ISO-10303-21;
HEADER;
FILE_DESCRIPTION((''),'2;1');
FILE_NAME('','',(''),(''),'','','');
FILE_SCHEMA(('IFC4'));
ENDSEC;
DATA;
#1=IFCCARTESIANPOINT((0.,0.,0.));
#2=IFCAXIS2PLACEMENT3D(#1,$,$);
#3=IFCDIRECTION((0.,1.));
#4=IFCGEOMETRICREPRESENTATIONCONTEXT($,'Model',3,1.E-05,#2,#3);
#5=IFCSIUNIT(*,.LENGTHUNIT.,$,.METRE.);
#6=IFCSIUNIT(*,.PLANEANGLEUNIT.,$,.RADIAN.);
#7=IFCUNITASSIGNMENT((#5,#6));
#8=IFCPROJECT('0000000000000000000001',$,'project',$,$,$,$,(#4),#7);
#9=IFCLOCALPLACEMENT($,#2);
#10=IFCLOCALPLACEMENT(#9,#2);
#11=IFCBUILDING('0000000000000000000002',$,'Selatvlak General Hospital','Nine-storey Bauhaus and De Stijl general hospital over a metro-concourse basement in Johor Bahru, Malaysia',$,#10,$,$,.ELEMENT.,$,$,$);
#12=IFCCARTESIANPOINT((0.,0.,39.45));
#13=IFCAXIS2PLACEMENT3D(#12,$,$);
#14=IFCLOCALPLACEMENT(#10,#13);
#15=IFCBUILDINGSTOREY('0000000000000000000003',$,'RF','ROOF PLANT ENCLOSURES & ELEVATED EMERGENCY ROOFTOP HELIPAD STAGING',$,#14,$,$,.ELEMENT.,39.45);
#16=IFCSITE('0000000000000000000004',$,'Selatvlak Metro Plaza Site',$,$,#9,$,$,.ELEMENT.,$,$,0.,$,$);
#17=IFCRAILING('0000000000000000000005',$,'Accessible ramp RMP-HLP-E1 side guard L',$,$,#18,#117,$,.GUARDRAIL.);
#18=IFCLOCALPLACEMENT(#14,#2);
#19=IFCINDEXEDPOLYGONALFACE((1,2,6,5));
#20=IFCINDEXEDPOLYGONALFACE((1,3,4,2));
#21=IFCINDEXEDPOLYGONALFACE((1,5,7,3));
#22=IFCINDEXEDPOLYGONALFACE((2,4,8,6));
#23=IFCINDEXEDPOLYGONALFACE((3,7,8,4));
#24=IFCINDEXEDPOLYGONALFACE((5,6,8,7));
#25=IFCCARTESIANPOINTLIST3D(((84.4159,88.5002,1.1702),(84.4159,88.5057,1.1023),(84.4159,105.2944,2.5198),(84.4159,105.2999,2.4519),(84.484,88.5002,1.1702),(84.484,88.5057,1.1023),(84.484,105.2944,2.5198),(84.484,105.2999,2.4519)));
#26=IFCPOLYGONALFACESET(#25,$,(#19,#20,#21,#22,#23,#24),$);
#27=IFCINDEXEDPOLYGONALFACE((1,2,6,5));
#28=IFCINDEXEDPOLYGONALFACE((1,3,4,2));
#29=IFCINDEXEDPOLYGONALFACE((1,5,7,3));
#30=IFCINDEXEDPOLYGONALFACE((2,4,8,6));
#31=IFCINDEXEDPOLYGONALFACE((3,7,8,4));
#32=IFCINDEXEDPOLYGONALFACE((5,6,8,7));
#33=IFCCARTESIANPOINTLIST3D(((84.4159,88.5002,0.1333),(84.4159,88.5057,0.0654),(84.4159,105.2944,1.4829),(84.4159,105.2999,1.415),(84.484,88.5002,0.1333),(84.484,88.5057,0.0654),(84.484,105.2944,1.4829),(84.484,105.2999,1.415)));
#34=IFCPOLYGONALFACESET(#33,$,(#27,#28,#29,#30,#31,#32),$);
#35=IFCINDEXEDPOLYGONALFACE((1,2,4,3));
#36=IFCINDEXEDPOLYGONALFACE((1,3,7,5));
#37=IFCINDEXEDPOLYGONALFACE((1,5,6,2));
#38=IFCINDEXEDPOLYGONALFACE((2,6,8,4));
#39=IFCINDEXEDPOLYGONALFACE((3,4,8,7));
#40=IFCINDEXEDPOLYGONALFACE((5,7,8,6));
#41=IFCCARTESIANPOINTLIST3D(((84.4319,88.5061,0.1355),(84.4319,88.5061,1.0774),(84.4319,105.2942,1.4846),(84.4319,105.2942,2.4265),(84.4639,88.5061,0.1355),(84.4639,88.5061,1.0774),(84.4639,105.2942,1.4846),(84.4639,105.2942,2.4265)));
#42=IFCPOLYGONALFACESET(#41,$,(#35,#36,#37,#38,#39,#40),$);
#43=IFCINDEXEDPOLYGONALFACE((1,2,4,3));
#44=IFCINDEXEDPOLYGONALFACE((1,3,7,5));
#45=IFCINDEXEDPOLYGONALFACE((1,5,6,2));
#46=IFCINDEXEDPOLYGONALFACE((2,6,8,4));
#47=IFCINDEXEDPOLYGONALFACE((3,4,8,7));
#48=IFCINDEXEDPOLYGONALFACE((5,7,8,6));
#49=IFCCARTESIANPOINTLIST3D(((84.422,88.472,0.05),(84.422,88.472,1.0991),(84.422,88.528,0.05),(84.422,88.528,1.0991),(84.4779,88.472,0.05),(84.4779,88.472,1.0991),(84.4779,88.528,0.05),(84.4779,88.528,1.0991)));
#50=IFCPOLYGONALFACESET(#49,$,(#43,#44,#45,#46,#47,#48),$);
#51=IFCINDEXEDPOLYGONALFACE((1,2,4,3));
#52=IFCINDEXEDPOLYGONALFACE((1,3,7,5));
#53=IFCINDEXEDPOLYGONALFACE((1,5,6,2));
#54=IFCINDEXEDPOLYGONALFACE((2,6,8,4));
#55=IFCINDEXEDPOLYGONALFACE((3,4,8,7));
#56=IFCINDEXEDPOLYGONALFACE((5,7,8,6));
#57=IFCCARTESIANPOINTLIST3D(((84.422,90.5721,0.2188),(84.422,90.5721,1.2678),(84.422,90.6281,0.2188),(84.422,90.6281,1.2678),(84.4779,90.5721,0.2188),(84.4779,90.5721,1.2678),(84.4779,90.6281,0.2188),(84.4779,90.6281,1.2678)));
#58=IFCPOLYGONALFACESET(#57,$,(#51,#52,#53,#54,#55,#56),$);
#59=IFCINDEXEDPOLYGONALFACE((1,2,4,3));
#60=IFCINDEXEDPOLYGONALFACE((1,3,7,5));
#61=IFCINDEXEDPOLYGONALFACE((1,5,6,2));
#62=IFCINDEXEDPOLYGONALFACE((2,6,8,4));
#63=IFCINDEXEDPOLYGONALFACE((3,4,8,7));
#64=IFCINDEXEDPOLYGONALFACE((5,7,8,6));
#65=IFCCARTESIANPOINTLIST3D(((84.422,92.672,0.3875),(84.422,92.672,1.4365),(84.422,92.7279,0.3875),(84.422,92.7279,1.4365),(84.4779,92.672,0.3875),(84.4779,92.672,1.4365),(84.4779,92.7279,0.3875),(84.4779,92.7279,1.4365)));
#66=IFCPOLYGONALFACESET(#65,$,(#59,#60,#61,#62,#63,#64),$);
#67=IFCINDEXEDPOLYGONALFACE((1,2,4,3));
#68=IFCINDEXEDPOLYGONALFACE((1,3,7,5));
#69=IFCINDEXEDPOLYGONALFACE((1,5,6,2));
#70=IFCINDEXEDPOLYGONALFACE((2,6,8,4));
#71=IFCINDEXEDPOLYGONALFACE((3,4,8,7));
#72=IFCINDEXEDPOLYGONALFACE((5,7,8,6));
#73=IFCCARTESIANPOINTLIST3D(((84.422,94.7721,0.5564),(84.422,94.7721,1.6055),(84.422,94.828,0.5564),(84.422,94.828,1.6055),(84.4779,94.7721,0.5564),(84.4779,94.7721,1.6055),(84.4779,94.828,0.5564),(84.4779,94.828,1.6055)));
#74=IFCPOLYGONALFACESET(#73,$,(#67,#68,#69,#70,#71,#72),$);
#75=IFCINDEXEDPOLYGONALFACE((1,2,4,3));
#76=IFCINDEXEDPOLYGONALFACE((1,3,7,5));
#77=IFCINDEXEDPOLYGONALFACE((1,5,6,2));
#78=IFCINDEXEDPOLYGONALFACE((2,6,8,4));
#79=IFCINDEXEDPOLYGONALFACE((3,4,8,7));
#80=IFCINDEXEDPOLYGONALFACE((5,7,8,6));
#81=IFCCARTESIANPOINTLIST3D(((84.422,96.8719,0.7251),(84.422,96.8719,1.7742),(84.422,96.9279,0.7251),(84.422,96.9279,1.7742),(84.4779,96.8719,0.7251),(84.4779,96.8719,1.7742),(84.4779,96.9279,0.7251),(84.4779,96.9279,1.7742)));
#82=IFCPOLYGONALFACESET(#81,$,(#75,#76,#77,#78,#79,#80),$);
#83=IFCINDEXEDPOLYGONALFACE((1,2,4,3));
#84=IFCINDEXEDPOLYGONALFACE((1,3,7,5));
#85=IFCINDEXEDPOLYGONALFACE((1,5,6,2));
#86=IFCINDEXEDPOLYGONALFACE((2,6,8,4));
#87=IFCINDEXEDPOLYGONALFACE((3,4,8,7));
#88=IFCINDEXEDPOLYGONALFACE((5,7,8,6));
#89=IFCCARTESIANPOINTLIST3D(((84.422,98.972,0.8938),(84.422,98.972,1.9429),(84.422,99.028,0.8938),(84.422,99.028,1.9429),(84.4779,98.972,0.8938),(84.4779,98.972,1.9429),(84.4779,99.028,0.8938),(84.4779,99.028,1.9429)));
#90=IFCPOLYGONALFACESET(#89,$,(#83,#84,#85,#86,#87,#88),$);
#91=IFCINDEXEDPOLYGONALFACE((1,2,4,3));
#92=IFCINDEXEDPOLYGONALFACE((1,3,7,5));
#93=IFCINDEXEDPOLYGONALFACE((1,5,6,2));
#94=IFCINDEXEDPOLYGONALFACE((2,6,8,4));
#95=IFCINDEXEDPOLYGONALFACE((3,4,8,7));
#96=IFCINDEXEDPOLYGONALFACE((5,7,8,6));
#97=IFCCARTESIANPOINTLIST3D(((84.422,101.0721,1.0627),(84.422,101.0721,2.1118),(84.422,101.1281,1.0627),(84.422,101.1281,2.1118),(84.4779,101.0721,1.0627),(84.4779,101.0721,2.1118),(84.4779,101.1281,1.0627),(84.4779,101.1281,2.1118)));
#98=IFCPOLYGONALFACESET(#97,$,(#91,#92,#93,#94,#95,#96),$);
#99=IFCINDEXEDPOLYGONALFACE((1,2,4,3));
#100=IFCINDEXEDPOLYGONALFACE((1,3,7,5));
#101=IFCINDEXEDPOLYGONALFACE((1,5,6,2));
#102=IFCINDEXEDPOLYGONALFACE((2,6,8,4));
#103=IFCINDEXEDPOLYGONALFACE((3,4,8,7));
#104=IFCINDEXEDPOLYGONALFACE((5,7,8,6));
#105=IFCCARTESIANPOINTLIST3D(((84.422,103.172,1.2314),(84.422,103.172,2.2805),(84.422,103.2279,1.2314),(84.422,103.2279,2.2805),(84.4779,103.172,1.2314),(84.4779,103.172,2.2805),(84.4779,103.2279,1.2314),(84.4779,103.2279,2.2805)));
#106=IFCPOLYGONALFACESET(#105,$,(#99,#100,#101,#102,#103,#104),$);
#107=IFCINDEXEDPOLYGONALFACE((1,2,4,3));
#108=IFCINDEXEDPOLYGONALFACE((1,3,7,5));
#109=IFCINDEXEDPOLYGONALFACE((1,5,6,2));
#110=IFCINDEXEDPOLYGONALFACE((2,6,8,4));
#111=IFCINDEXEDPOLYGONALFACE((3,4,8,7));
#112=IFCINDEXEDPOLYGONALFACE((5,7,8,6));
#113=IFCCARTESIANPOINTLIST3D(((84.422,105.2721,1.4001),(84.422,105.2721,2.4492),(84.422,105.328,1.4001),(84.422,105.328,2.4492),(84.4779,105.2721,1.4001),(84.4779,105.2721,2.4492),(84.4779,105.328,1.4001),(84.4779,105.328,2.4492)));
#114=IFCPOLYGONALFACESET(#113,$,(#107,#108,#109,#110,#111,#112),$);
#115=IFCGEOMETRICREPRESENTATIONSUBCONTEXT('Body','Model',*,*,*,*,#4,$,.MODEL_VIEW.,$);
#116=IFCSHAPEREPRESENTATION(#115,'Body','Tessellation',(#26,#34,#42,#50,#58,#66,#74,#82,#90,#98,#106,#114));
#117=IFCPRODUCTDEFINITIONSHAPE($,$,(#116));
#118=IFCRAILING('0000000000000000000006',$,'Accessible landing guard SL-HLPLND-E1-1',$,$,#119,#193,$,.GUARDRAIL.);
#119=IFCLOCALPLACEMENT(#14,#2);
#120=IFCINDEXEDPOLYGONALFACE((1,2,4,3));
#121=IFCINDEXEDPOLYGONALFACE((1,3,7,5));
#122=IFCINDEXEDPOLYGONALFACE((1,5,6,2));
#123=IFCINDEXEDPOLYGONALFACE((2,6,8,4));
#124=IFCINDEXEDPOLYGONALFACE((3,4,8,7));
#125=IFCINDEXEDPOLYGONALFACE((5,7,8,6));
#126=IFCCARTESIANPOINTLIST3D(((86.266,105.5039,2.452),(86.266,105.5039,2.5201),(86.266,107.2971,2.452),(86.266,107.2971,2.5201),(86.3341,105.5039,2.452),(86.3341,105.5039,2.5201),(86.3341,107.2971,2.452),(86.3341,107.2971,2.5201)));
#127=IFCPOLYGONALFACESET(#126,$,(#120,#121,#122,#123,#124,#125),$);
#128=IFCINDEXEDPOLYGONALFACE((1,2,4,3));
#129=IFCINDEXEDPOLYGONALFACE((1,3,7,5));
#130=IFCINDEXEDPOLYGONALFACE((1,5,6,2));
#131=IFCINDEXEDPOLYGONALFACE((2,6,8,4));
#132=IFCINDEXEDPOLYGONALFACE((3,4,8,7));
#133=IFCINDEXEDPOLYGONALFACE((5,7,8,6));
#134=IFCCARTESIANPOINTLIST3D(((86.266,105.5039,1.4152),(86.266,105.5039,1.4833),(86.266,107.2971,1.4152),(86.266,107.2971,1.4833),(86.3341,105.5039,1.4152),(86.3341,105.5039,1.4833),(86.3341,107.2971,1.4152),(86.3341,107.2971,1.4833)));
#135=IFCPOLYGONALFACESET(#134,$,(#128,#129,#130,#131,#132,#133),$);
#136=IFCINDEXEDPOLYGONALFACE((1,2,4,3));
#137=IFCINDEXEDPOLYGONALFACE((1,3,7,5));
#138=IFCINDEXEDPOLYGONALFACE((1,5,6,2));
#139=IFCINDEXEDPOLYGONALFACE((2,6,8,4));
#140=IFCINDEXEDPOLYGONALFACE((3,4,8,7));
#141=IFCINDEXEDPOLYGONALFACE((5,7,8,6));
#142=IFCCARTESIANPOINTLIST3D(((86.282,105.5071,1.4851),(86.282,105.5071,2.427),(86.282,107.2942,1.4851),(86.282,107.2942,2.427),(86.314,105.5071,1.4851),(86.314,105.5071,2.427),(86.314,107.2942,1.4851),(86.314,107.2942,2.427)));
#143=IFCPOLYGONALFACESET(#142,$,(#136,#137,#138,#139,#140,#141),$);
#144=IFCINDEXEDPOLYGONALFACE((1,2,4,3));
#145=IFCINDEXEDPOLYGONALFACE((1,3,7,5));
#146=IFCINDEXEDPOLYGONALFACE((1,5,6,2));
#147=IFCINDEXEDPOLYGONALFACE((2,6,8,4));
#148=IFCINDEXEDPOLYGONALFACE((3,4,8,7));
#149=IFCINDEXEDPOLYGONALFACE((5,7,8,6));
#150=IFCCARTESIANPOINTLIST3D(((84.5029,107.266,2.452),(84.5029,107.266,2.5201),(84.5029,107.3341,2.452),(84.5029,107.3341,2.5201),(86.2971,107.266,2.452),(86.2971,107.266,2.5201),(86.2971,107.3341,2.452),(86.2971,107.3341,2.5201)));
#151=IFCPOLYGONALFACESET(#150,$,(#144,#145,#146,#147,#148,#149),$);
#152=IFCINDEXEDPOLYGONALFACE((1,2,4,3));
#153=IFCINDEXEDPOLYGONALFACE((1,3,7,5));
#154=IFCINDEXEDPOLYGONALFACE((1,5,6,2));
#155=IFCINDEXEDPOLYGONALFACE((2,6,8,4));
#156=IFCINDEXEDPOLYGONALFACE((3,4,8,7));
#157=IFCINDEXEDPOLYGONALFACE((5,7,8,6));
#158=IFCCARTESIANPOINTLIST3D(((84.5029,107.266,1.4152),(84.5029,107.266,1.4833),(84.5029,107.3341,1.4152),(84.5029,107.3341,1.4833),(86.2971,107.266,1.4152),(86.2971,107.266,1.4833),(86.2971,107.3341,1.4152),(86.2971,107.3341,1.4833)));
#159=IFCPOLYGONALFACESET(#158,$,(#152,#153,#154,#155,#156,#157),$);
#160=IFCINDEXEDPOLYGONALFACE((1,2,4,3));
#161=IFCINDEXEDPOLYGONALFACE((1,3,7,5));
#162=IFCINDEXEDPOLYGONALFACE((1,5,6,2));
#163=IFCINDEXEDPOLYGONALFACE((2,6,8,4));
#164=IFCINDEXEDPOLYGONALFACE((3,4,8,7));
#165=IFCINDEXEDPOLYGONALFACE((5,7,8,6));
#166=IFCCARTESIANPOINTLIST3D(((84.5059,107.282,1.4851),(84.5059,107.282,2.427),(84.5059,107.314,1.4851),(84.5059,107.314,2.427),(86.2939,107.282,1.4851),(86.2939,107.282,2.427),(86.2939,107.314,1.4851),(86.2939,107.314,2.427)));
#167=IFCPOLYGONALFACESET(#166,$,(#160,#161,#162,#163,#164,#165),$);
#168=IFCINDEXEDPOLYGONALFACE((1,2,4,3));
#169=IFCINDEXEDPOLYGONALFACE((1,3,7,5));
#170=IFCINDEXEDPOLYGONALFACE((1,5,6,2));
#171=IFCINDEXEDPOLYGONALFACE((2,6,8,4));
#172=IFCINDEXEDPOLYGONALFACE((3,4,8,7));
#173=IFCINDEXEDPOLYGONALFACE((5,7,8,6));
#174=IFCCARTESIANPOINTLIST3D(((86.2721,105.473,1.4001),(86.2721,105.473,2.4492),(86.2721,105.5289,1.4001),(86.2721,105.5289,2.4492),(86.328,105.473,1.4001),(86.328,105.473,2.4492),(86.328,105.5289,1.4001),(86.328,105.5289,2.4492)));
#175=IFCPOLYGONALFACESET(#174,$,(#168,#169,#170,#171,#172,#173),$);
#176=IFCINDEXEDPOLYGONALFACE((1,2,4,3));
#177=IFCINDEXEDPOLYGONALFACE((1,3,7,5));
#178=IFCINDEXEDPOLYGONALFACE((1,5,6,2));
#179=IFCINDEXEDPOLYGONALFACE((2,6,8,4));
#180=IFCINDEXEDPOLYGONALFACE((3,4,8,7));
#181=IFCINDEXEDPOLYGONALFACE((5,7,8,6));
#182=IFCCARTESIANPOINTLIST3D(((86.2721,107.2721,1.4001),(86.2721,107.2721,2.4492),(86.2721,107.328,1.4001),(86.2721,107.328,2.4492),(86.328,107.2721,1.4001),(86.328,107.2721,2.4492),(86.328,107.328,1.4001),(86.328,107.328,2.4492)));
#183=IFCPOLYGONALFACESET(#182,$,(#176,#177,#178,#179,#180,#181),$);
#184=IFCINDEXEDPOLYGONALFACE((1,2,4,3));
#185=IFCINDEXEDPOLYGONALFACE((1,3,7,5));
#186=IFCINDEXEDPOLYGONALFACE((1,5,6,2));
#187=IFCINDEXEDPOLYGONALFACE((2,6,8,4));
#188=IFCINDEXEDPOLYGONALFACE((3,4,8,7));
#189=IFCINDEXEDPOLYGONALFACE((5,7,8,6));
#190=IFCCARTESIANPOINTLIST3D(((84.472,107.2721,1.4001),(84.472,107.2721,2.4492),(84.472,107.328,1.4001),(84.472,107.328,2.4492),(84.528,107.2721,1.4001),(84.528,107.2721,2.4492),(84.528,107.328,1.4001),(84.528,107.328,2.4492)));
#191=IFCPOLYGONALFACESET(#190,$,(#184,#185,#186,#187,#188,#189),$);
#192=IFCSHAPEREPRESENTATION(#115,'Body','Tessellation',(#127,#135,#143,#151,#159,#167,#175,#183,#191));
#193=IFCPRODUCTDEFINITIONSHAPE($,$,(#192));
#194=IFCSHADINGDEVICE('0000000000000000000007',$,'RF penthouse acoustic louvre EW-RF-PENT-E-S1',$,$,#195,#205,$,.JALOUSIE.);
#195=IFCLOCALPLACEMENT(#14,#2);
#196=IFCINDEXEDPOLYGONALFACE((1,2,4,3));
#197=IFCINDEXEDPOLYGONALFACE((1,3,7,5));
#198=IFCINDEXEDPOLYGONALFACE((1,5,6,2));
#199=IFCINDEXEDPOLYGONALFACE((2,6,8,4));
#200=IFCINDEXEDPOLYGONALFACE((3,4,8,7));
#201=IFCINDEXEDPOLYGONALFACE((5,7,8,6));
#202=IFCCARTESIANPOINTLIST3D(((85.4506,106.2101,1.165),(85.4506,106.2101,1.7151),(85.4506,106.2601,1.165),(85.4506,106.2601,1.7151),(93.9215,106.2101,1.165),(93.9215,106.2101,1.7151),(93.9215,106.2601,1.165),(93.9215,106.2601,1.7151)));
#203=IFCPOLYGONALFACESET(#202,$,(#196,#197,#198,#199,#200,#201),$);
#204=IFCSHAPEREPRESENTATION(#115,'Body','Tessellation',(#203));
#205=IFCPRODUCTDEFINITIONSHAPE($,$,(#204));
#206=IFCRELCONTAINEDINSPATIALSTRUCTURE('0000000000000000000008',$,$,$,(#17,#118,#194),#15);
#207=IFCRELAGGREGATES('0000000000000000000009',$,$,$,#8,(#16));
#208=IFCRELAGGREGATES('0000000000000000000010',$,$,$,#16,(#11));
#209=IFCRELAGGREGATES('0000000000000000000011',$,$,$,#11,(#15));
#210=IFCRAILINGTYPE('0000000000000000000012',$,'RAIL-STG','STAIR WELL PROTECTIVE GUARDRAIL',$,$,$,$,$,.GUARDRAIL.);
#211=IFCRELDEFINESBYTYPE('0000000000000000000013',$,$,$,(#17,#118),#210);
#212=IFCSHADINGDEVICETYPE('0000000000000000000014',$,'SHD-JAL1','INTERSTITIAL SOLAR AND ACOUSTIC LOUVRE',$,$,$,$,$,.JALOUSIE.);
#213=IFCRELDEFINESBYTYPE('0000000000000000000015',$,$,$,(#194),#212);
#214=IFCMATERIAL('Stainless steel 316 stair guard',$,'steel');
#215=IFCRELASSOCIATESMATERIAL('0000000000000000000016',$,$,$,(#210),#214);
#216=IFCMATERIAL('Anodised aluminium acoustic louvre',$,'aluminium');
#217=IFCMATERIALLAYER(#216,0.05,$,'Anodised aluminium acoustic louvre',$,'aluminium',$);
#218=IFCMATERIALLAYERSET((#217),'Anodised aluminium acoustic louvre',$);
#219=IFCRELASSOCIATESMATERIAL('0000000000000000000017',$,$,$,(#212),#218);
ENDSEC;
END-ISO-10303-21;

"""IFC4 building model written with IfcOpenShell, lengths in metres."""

from ifc_helpers import new_model, si_unit, direction, frame, origin, origin_2d, place, context, subcontext, project, spatial, polyline, rectangle, outline, extrude, material, layer, layer_set, type_object, element, save


model = new_model("IFC4")

# Units and contexts
model_context = context("Model", 3, precision=1e-05, world=origin(), true_north=direction((0.0, 1.0)))
body_context = subcontext(model_context, "Body", "Model", "MODEL_VIEW")
ifc_project = project(units=[si_unit("LENGTHUNIT", "METRE"), si_unit("PLANEANGLEUNIT", "RADIAN")], contexts=[model_context])

# Site, building, storey
site_placement = place(None, origin())
site = spatial("IfcSite", under=ifc_project, at=site_placement, Name="Selatvlak Metro Plaza Site", CompositionType="ELEMENT", RefElevation=0.0)
building_placement = place(site_placement, origin())
building = spatial("IfcBuilding", under=site, at=building_placement, Name="Selatvlak General Hospital", Description="Nine-storey Bauhaus and De Stijl general hospital over a metro-concourse basement in Johor Bahru, Malaysia", CompositionType="ELEMENT")
storey_placement = place(building_placement, frame((0.0, 0.0, 39.45)))
storey = spatial("IfcBuildingStorey", under=building, at=storey_placement, Name="RF", Description="ROOF PLANT ENCLOSURES & ELEVATED EMERGENCY ROOFTOP HELIPAD STAGING", CompositionType="ELEMENT", Elevation=39.45)

# Railings
ifc_material_1 = material(Name="Stainless steel 316 stair guard", Category="steel")
railing_type_1 = type_object("IfcRailingType", Name="RAIL-STG", Description="STAIR WELL PROTECTIVE GUARDRAIL", PredefinedType="GUARDRAIL", material=ifc_material_1)
railing_1_placement = place(storey_placement, frame((84.45, 88.5, 0.05)))
element("IfcRailing", 1, at=railing_1_placement, inside=storey, type_object=railing_type_1, Name="Accessible ramp RMP-HLP-E1 side guard L", PredefinedType="GUARDRAIL", context=body_context, shape_type="SweptSolid", body=[
    extrude(rectangle(XDim=0.0681, YDim=0.0681, at=origin_2d()), frame((0.0, 0.0029, 1.0862), z_axis=(0.0, 0.996786, 0.080104), x_axis=(-1.0, 0.0, 0.0)), (0.0, 0.0, 1.0), 16.8484),
    extrude(rectangle(XDim=0.0681, YDim=0.0681, at=origin_2d()), frame((0.0, 0.0029, 0.0493), z_axis=(0.0, 0.996786, 0.080104), x_axis=(-1.0, 0.0, 0.0)), (0.0, 0.0, 1.0), 16.8484),
    extrude(outline(polyline([(0.0, 0.0), (16.7881, 1.3491), (16.7881, 2.291), (0.0, 0.9419), (0.0, 0.0)])), frame((-0.0181, 0.0061, 0.0854), z_axis=(1.0, 0.0, 0.0), x_axis=(0.0, 1.0, 0.0)), (0.0, 0.0, 1.0), 0.032),
    extrude(rectangle(XDim=0.0559, YDim=0.0559, at=origin_2d()), origin(), (0.0, 0.0, 1.0), 1.0491),
    extrude(rectangle(XDim=0.0559, YDim=0.0559, at=origin_2d()), frame((0.0, 2.1001, 0.1687)), (0.0, 0.0, 1.0), 1.0491),
    extrude(rectangle(XDim=0.0559, YDim=0.0559, at=origin_2d()), frame((0.0, 4.2, 0.3374)), (0.0, 0.0, 1.0), 1.0491),
    extrude(rectangle(XDim=0.0559, YDim=0.0559, at=origin_2d()), frame((0.0, 6.3, 0.5063)), (0.0, 0.0, 1.0), 1.0491),
    extrude(rectangle(XDim=0.0559, YDim=0.0559, at=origin_2d()), frame((0.0, 8.3999, 0.675)), (0.0, 0.0, 1.0), 1.0491),
    extrude(rectangle(XDim=0.0559, YDim=0.0559, at=origin_2d()), frame((0.0, 10.5, 0.8438)), (0.0, 0.0, 1.0), 1.0491),
    extrude(rectangle(XDim=0.0559, YDim=0.0559, at=origin_2d()), frame((0.0, 12.6001, 1.0127)), (0.0, 0.0, 1.0), 1.0491),
    extrude(rectangle(XDim=0.0559, YDim=0.0559, at=origin_2d()), frame((0.0, 14.7, 1.1814)), (0.0, 0.0, 1.0), 1.0491),
    extrude(rectangle(XDim=0.0559, YDim=0.0559, at=origin_2d()), frame((0.0, 16.8, 1.3501)), (0.0, 0.0, 1.0), 1.0491),
])
railing_2_placement = place(storey_placement, frame((86.3, 105.501, 1.4001)))
element("IfcRailing", 2, at=railing_2_placement, inside=storey, type_object=railing_type_1, Name="Accessible landing guard SL-HLPLND-E1-1", PredefinedType="GUARDRAIL", context=body_context, shape_type="SweptSolid", body=[
    extrude(rectangle(XDim=0.0681, YDim=0.0681, at=origin_2d()), frame((0.0, 0.0029, 1.0859), z_axis=(0.0, 1.0, 0.0), x_axis=(-1.0, 0.0, 0.0)), (0.0, 0.0, 1.0), 1.7932),
    extrude(rectangle(XDim=0.0681, YDim=0.0681, at=origin_2d()), frame((0.0, 0.0029, 0.0491), z_axis=(0.0, 1.0, 0.0), x_axis=(-1.0, 0.0, 0.0)), (0.0, 0.0, 1.0), 1.7932),
    extrude(outline(polyline([(0.0, 0.0), (1.7871, 0.0), (1.7871, 0.9419), (0.0, 0.9419), (0.0, 0.0)])), frame((-0.0181, 0.0061, 0.085), z_axis=(1.0, 0.0, 0.0), x_axis=(0.0, 1.0, 0.0)), (0.0, 0.0, 1.0), 0.032),
    extrude(rectangle(XDim=0.0681, YDim=0.0681, at=origin_2d()), frame((-0.0029, 1.7991, 1.0859), z_axis=(-1.0, 0.0, 0.0), x_axis=(0.0, -1.0, 0.0)), (0.0, 0.0, 1.0), 1.7942),
    extrude(rectangle(XDim=0.0681, YDim=0.0681, at=origin_2d()), frame((-0.0029, 1.7991, 0.0491), z_axis=(-1.0, 0.0, 0.0), x_axis=(0.0, -1.0, 0.0)), (0.0, 0.0, 1.0), 1.7942),
    extrude(outline(polyline([(0.0, 0.0), (1.7881, 0.0), (1.7881, 0.9419), (0.0, 0.9419), (0.0, 0.0)])), frame((-0.0061, 1.781, 0.085), z_axis=(0.0, 1.0, 0.0), x_axis=(-1.0, 0.0, 0.0)), (0.0, 0.0, 1.0), 0.032),
    extrude(rectangle(XDim=0.0559, YDim=0.0559, at=origin_2d()), origin(), (0.0, 0.0, 1.0), 1.0491),
    extrude(rectangle(XDim=0.0559, YDim=0.0559, at=origin_2d()), frame((0.0, 1.7991, 0.0)), (0.0, 0.0, 1.0), 1.0491),
    extrude(rectangle(XDim=0.0559, YDim=0.0559, at=origin_2d()), frame((-1.8, 1.7991, 0.0)), (0.0, 0.0, 1.0), 1.0491),
])

# Shading device
ifc_material_2 = material(Name="Anodised aluminium acoustic louvre", Category="aluminium")
ifc_layer_1 = layer(ifc_material_2, 0.05, Name="Anodised aluminium acoustic louvre", Category="aluminium")
ifc_layer_set_1 = layer_set([ifc_layer_1], Name="Anodised aluminium acoustic louvre")
shading_device_type = type_object("IfcShadingDeviceType", Name="SHD-JAL1", Description="INTERSTITIAL SOLAR AND ACOUSTIC LOUVRE", PredefinedType="JALOUSIE", material=ifc_layer_set_1)
shading_device_placement = place(storey_placement, frame((89.686, 106.2351, 1.165), z_axis=(0.0, 0.0, 1.0), x_axis=(1.0, 0.0, 0.0)))
element("IfcShadingDevice", 3, at=shading_device_placement, inside=storey, type_object=shading_device_type, Name="RF penthouse acoustic louvre EW-RF-PENT-E-S1", PredefinedType="JALOUSIE", context=body_context, shape_type="SweptSolid", body=[
    extrude(rectangle(XDim=8.4709, YDim=0.05, at=origin_2d()), origin(), (0.0, 0.0, 1.0), 0.55),
])

save(model, "model.ifc")
